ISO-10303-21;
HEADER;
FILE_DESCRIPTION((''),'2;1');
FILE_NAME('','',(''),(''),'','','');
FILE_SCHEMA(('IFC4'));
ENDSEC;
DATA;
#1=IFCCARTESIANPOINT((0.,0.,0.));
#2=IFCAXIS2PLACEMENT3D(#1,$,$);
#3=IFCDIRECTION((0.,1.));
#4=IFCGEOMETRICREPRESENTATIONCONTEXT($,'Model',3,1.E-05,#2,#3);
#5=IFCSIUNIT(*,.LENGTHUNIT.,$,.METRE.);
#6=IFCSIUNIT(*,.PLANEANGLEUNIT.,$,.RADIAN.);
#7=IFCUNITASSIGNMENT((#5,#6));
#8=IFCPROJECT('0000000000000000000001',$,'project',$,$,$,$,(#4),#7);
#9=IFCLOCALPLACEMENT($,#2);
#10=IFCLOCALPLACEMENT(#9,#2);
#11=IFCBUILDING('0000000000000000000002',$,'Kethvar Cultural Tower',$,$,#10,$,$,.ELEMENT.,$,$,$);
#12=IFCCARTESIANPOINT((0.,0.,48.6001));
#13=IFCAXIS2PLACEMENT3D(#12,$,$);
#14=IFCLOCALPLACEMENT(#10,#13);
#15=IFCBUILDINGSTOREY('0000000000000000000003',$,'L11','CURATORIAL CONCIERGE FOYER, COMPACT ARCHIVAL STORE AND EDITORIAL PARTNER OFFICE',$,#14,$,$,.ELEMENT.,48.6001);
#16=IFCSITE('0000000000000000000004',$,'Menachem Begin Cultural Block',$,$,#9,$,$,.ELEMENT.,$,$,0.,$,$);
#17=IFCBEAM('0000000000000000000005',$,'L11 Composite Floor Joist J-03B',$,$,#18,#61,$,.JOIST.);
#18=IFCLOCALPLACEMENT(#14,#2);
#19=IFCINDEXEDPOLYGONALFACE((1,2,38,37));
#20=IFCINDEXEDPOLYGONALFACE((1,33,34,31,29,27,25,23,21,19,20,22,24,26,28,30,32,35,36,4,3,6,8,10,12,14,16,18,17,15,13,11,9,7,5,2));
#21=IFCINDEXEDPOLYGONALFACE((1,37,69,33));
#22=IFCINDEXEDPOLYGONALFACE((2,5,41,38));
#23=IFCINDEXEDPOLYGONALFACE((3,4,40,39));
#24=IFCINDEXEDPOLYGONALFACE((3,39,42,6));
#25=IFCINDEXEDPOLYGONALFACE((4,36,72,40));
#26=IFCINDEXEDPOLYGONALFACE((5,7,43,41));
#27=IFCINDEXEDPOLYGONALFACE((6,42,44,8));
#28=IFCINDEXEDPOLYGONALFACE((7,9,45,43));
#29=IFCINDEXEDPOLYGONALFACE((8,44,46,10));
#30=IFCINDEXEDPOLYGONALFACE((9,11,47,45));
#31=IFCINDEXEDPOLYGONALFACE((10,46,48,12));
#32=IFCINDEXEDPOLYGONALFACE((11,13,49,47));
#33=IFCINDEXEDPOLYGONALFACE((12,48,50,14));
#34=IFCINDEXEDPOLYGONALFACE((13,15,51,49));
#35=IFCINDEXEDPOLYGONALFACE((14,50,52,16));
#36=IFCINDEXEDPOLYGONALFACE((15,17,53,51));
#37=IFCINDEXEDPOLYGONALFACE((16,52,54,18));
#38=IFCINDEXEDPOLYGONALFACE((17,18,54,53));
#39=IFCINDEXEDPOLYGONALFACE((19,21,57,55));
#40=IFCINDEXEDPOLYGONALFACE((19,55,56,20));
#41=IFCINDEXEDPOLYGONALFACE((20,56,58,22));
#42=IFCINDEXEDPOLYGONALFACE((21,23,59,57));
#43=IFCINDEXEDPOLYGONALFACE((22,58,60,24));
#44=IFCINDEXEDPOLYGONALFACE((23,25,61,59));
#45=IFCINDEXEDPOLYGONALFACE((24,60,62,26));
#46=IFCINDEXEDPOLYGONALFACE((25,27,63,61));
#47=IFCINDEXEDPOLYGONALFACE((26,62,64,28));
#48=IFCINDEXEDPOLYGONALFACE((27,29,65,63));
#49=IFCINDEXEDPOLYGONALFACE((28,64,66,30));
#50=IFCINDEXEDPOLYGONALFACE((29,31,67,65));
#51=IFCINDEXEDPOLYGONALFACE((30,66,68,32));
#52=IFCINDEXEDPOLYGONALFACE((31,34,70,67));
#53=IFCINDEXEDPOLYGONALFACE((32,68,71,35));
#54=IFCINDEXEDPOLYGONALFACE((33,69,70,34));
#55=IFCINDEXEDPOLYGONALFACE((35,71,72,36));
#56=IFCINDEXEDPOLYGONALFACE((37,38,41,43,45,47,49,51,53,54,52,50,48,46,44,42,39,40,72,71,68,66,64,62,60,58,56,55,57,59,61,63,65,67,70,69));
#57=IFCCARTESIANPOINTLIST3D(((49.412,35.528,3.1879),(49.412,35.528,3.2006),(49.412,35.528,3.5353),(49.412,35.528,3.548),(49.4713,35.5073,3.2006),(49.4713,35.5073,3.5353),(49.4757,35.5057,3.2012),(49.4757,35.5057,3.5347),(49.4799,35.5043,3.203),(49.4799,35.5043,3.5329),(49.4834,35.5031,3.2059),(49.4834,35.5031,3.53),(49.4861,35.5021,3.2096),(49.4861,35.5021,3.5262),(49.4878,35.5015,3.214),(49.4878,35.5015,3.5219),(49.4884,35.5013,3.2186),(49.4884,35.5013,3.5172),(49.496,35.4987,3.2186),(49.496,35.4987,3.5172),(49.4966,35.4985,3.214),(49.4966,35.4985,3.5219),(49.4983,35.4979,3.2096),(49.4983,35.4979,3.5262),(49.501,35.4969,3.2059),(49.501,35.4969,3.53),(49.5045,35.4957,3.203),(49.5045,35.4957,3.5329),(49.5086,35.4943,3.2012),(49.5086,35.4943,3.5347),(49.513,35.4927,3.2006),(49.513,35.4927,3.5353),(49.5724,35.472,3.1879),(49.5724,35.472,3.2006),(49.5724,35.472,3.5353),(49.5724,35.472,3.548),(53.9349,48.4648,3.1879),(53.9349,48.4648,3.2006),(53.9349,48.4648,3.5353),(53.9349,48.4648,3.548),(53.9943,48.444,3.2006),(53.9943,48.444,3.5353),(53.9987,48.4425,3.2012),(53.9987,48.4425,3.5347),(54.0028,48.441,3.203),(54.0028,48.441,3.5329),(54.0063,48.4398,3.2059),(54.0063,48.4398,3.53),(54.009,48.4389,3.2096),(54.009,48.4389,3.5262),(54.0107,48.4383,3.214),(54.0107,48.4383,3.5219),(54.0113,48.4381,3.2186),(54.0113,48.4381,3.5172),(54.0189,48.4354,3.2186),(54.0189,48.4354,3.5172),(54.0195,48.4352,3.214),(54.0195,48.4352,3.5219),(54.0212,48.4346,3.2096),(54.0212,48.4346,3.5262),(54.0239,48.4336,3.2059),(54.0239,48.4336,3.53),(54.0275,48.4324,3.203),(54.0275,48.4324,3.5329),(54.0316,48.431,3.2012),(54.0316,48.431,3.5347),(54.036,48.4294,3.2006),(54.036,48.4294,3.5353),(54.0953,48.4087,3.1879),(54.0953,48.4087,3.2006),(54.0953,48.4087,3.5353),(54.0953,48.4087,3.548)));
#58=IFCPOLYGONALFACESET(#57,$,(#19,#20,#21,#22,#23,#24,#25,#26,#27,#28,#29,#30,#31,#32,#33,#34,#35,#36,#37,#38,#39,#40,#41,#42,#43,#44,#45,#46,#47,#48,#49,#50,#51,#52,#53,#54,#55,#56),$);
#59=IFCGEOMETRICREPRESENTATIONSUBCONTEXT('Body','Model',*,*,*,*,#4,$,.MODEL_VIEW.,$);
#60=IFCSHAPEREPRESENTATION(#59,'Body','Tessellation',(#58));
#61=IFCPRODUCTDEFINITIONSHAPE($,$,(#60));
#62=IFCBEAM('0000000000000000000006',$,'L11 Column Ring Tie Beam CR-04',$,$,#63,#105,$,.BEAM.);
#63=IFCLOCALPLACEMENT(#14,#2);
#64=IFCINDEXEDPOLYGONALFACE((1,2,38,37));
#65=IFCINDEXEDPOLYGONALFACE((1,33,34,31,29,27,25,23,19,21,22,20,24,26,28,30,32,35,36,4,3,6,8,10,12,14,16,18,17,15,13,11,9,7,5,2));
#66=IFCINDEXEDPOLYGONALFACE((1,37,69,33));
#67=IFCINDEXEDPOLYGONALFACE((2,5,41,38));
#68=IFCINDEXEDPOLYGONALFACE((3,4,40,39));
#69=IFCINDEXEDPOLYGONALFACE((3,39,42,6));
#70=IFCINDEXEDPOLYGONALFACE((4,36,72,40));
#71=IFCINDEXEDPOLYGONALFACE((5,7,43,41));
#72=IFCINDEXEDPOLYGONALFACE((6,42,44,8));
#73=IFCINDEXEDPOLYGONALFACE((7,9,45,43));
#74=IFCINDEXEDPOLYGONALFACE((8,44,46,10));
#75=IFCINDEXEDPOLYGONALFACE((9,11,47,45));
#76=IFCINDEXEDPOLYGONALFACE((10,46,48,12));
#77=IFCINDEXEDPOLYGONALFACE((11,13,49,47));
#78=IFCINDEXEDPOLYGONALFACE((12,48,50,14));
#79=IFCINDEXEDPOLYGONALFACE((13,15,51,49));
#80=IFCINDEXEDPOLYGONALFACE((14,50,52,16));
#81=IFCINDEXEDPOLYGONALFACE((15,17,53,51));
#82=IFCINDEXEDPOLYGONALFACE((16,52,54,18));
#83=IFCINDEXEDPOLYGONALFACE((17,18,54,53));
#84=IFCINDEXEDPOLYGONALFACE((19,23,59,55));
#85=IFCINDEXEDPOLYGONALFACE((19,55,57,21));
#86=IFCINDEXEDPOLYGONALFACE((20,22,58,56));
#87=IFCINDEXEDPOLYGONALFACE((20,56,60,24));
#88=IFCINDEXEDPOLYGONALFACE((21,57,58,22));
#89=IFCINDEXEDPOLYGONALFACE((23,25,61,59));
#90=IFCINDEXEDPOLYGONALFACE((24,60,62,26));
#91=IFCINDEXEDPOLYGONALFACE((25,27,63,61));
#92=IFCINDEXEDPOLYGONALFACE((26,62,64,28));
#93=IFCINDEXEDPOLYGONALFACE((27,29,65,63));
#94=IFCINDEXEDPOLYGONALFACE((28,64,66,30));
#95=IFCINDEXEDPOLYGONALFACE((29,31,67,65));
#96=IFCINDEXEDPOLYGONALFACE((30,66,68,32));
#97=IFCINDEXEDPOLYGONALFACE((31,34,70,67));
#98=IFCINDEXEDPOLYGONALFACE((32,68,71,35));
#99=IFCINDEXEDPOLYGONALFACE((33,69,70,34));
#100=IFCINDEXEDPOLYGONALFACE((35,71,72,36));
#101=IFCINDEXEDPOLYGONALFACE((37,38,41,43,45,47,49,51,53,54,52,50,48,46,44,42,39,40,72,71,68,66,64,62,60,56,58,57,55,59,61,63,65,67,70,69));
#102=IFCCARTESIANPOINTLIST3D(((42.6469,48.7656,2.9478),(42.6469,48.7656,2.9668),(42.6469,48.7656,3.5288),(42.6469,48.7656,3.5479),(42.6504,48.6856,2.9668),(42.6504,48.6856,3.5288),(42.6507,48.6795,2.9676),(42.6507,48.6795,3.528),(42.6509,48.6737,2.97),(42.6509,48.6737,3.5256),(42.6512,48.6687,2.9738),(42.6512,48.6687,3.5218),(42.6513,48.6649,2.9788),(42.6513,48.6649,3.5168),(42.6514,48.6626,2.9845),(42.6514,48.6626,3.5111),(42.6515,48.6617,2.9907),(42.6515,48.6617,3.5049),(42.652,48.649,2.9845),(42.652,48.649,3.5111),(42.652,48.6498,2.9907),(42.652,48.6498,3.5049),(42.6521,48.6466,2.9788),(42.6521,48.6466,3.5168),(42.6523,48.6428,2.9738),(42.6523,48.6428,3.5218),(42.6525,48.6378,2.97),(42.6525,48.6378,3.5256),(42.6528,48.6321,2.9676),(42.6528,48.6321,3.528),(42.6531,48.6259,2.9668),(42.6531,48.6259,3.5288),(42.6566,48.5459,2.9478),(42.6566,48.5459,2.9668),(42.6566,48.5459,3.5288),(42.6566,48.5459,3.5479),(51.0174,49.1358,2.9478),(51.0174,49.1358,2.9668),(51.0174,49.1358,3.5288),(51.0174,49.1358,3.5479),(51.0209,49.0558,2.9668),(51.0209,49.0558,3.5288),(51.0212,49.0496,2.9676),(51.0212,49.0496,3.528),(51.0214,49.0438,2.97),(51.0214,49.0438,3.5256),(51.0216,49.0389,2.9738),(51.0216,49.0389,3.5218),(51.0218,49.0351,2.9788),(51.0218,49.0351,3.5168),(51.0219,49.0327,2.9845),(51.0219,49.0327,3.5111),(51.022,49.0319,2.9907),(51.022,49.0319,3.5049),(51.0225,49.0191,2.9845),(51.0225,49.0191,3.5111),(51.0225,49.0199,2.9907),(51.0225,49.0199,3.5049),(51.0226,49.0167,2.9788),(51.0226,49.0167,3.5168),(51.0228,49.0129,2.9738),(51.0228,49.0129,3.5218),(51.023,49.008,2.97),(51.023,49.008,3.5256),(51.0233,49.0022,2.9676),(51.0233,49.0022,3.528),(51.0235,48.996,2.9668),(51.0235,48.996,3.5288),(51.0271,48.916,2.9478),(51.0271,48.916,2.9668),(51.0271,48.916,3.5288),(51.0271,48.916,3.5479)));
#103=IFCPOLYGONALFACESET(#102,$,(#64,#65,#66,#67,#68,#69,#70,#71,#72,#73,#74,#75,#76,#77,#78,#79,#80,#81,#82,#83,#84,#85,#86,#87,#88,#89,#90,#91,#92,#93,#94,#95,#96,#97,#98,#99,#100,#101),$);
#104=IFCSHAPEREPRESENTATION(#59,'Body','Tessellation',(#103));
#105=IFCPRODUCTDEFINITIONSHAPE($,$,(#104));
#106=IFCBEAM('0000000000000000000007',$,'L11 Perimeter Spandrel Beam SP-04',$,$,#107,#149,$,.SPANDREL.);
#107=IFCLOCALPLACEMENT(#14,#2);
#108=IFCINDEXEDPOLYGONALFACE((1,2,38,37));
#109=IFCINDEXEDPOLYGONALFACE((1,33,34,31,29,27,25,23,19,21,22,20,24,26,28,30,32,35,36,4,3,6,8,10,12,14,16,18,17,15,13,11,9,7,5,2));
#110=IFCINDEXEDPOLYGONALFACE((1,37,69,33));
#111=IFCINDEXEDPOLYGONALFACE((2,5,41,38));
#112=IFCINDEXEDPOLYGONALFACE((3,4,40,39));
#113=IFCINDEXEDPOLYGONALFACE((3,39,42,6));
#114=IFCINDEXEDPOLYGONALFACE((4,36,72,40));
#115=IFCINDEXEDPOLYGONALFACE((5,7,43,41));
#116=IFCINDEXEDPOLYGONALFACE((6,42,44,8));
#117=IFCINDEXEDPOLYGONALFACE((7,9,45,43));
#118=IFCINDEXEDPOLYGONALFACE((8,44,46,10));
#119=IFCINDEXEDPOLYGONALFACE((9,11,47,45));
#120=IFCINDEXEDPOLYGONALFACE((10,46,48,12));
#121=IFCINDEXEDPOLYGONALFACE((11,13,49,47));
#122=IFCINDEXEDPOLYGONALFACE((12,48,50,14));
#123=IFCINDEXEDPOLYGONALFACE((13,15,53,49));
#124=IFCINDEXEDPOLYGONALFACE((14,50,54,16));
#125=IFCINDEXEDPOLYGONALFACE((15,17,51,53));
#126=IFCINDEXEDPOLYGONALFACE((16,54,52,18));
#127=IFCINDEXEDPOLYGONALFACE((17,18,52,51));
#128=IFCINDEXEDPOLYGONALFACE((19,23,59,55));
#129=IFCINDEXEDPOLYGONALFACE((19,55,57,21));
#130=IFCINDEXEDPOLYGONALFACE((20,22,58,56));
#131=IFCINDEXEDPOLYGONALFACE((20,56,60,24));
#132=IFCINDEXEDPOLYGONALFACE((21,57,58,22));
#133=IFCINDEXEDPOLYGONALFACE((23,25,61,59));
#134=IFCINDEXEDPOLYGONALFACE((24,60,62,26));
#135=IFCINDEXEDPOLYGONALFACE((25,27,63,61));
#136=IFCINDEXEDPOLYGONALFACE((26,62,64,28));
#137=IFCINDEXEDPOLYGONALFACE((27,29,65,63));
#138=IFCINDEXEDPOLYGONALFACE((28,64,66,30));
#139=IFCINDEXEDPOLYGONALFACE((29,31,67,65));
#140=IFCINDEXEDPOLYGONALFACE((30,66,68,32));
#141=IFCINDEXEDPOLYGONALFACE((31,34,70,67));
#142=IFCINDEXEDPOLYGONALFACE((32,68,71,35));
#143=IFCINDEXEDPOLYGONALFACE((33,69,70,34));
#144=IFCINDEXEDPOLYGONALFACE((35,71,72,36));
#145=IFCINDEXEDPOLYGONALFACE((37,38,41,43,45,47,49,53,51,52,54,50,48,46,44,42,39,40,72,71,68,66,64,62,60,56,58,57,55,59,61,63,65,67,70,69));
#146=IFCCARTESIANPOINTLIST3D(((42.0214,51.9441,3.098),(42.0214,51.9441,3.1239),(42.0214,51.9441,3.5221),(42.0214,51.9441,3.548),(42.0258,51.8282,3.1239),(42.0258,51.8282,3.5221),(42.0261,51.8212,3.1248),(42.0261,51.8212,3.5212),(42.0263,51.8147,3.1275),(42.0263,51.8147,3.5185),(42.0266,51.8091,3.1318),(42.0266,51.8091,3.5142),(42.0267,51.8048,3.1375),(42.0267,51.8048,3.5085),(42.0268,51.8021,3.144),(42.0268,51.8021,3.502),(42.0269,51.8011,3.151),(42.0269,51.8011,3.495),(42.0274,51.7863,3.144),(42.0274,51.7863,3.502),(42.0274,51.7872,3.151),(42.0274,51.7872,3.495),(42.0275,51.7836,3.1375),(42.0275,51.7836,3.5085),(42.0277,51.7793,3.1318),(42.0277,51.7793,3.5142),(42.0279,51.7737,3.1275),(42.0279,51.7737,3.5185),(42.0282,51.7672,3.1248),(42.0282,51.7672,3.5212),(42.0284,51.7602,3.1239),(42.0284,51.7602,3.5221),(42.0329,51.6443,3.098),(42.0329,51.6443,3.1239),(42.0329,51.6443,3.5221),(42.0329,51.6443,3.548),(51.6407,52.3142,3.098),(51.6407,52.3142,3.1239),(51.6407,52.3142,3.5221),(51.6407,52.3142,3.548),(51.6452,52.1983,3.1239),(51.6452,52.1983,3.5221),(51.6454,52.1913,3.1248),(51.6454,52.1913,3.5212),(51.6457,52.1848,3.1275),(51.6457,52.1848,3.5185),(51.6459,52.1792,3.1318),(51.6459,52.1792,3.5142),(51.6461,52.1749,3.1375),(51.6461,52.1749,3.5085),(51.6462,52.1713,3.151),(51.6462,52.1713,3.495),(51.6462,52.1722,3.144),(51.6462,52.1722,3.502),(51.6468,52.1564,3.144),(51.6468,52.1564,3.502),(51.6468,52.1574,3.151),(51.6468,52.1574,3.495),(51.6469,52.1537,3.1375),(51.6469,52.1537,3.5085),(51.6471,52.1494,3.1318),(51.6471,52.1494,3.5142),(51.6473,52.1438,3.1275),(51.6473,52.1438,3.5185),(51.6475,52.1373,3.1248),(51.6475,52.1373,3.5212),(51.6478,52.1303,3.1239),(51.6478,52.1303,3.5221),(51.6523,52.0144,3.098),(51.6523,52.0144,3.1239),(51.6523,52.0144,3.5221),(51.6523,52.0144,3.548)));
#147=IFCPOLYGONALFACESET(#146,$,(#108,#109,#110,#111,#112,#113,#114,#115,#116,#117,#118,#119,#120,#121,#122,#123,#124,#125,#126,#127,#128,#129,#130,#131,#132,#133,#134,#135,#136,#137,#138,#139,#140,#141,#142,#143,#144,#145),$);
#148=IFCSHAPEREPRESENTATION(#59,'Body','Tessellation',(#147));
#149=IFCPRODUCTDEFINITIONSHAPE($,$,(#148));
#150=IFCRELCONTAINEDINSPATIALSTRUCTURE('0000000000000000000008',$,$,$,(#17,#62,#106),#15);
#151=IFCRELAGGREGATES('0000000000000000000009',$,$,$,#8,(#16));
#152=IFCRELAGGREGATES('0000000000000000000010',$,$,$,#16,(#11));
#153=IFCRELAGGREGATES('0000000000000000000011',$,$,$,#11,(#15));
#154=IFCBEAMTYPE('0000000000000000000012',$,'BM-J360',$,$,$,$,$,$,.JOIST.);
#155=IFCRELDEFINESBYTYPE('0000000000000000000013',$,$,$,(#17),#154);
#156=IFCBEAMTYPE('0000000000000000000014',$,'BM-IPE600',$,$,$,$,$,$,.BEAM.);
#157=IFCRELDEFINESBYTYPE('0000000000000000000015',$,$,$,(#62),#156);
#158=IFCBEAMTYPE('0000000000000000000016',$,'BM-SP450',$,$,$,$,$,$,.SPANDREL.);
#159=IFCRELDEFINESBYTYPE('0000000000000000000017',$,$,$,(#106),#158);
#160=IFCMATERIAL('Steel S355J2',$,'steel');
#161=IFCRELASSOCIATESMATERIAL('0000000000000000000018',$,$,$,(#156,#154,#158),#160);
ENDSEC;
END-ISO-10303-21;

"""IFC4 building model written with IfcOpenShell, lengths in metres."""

from ifc_helpers import new_model, si_unit, direction, frame, origin, origin_2d, place, context, subcontext, project, spatial, i_section, extrude, source, transform, mapped, material, material_profile, profile_set, type_object, element, save


model = new_model("IFC4")

# Units and contexts
model_context = context("Model", 3, precision=1e-05, world=origin(), true_north=direction((0.0, 1.0)))
body_context = subcontext(model_context, "Body", "Model", "MODEL_VIEW")
ifc_project = project(units=[si_unit("LENGTHUNIT", "METRE"), si_unit("PLANEANGLEUNIT", "RADIAN")], contexts=[model_context])

# Site, building, storey
site_placement = place(None, origin())
site = spatial("IfcSite", under=ifc_project, at=site_placement, Name="Menachem Begin Cultural Block", CompositionType="ELEMENT", RefElevation=0.0)
building_placement = place(site_placement, origin())
building = spatial("IfcBuilding", under=site, at=building_placement, Name="Kethvar Cultural Tower", CompositionType="ELEMENT")
storey_placement = place(building_placement, frame((0.0, 0.0, 48.6001)))
storey = spatial("IfcBuildingStorey", under=building, at=storey_placement, Name="L11", Description="CURATORIAL CONCIERGE FOYER, COMPACT ARCHIVAL STORE AND EDITORIAL PARTNER OFFICE", CompositionType="ELEMENT", Elevation=48.6001)

# Beams
ifc_material_1 = material(Name="Steel S355J2", Category="steel")
ifc_material_profile_1 = material_profile(ifc_material_1, i_section(OverallWidth=0.22, OverallDepth=0.6001, WebThickness=0.012, FlangeThickness=0.019, FilletRadius=0.0239, at=origin_2d()), Name="Steel S355J2 — IPE600")
ifc_profile_set_1 = profile_set([ifc_material_profile_1], Name="Steel S355J2 — IPE600")
beam_type_1 = type_object("IfcBeamType", Name="BM-IPE600", PredefinedType="BEAM", material=ifc_profile_set_1)
ifc_material_profile_2 = material_profile(ifc_material_1, i_section(OverallWidth=0.1699, OverallDepth=0.3601, WebThickness=0.0081, FlangeThickness=0.0127, FilletRadius=0.0181, at=origin_2d()), Name="Steel S355J2 — IPE360")
ifc_profile_set_2 = profile_set([ifc_material_profile_2], Name="Steel S355J2 — IPE360")
beam_type_2 = type_object("IfcBeamType", Name="BM-J360", PredefinedType="JOIST", material=ifc_profile_set_2)
shared_shape_1 = source(origin(), body_context, "Body", "SweptSolid", [
    extrude(i_section(OverallWidth=0.1699, OverallDepth=0.3601, WebThickness=0.0081, FlangeThickness=0.0127, FilletRadius=0.0181, at=origin_2d()), origin(), (0.0, 0.0, 1.0), 13.7046),
])
beam_1_placement = place(storey_placement, frame((49.4922, 35.5, 3.3679), z_axis=(0.330031, 0.94397, 0.0), x_axis=(-0.94397, 0.330031, 0.0)))
element("IfcBeam", 1, at=beam_1_placement, inside=storey, type_object=beam_type_2, Name="L11 Composite Floor Joist J-03B", PredefinedType="JOIST", context=body_context, shape_type="MappedRepresentation", body=[
    mapped(shared_shape_1, transform((0.0, 0.0, 0.0), scale=1.0)),
])
shared_shape_2 = source(origin(), body_context, "Body", "SweptSolid", [
    extrude(i_section(OverallWidth=0.22, OverallDepth=0.6001, WebThickness=0.012, FlangeThickness=0.019, FilletRadius=0.0239, at=origin_2d()), origin(), (0.0, 0.0, 1.0), 8.3787),
])
beam_2_placement = place(storey_placement, frame((51.0222, 49.0259, 3.2478), z_axis=(-0.999024, -0.044173, 0.0), x_axis=(0.044173, -0.999024, 0.0)))
element("IfcBeam", 2, at=beam_2_placement, inside=storey, type_object=beam_type_1, Name="L11 Column Ring Tie Beam CR-04", PredefinedType="BEAM", context=body_context, shape_type="MappedRepresentation", body=[
    mapped(shared_shape_2, transform((0.0, 0.0, 0.0), scale=1.0)),
])
ifc_material_profile_3 = material_profile(ifc_material_1, i_section(OverallWidth=0.3, OverallDepth=0.45, WebThickness=0.0139, FlangeThickness=0.0259, FilletRadius=0.0271, at=origin_2d()), Name="Steel S355J2 — HEB450")
ifc_profile_set_3 = profile_set([ifc_material_profile_3], Name="Steel S355J2 — HEB450")
beam_type_3 = type_object("IfcBeamType", Name="BM-SP450", PredefinedType="SPANDREL", material=ifc_profile_set_3)
shared_shape_3 = source(origin(), body_context, "Body", "SweptSolid", [
    extrude(i_section(OverallWidth=0.3, OverallDepth=0.45, WebThickness=0.0139, FlangeThickness=0.0259, FilletRadius=0.0271, at=origin_2d()), origin(), (0.0, 0.0, 1.0), 9.6265),
])
beam_3_placement = place(storey_placement, frame((51.6465, 52.1643, 3.323), z_axis=(-0.999261, -0.038448, 0.0), x_axis=(0.038448, -0.999261, 0.0)))
element("IfcBeam", 3, at=beam_3_placement, inside=storey, type_object=beam_type_3, Name="L11 Perimeter Spandrel Beam SP-04", PredefinedType="SPANDREL", context=body_context, shape_type="MappedRepresentation", body=[
    mapped(shared_shape_3, transform((0.0, 0.0, 0.0), scale=1.0)),
])

save(model, "model.ifc")
